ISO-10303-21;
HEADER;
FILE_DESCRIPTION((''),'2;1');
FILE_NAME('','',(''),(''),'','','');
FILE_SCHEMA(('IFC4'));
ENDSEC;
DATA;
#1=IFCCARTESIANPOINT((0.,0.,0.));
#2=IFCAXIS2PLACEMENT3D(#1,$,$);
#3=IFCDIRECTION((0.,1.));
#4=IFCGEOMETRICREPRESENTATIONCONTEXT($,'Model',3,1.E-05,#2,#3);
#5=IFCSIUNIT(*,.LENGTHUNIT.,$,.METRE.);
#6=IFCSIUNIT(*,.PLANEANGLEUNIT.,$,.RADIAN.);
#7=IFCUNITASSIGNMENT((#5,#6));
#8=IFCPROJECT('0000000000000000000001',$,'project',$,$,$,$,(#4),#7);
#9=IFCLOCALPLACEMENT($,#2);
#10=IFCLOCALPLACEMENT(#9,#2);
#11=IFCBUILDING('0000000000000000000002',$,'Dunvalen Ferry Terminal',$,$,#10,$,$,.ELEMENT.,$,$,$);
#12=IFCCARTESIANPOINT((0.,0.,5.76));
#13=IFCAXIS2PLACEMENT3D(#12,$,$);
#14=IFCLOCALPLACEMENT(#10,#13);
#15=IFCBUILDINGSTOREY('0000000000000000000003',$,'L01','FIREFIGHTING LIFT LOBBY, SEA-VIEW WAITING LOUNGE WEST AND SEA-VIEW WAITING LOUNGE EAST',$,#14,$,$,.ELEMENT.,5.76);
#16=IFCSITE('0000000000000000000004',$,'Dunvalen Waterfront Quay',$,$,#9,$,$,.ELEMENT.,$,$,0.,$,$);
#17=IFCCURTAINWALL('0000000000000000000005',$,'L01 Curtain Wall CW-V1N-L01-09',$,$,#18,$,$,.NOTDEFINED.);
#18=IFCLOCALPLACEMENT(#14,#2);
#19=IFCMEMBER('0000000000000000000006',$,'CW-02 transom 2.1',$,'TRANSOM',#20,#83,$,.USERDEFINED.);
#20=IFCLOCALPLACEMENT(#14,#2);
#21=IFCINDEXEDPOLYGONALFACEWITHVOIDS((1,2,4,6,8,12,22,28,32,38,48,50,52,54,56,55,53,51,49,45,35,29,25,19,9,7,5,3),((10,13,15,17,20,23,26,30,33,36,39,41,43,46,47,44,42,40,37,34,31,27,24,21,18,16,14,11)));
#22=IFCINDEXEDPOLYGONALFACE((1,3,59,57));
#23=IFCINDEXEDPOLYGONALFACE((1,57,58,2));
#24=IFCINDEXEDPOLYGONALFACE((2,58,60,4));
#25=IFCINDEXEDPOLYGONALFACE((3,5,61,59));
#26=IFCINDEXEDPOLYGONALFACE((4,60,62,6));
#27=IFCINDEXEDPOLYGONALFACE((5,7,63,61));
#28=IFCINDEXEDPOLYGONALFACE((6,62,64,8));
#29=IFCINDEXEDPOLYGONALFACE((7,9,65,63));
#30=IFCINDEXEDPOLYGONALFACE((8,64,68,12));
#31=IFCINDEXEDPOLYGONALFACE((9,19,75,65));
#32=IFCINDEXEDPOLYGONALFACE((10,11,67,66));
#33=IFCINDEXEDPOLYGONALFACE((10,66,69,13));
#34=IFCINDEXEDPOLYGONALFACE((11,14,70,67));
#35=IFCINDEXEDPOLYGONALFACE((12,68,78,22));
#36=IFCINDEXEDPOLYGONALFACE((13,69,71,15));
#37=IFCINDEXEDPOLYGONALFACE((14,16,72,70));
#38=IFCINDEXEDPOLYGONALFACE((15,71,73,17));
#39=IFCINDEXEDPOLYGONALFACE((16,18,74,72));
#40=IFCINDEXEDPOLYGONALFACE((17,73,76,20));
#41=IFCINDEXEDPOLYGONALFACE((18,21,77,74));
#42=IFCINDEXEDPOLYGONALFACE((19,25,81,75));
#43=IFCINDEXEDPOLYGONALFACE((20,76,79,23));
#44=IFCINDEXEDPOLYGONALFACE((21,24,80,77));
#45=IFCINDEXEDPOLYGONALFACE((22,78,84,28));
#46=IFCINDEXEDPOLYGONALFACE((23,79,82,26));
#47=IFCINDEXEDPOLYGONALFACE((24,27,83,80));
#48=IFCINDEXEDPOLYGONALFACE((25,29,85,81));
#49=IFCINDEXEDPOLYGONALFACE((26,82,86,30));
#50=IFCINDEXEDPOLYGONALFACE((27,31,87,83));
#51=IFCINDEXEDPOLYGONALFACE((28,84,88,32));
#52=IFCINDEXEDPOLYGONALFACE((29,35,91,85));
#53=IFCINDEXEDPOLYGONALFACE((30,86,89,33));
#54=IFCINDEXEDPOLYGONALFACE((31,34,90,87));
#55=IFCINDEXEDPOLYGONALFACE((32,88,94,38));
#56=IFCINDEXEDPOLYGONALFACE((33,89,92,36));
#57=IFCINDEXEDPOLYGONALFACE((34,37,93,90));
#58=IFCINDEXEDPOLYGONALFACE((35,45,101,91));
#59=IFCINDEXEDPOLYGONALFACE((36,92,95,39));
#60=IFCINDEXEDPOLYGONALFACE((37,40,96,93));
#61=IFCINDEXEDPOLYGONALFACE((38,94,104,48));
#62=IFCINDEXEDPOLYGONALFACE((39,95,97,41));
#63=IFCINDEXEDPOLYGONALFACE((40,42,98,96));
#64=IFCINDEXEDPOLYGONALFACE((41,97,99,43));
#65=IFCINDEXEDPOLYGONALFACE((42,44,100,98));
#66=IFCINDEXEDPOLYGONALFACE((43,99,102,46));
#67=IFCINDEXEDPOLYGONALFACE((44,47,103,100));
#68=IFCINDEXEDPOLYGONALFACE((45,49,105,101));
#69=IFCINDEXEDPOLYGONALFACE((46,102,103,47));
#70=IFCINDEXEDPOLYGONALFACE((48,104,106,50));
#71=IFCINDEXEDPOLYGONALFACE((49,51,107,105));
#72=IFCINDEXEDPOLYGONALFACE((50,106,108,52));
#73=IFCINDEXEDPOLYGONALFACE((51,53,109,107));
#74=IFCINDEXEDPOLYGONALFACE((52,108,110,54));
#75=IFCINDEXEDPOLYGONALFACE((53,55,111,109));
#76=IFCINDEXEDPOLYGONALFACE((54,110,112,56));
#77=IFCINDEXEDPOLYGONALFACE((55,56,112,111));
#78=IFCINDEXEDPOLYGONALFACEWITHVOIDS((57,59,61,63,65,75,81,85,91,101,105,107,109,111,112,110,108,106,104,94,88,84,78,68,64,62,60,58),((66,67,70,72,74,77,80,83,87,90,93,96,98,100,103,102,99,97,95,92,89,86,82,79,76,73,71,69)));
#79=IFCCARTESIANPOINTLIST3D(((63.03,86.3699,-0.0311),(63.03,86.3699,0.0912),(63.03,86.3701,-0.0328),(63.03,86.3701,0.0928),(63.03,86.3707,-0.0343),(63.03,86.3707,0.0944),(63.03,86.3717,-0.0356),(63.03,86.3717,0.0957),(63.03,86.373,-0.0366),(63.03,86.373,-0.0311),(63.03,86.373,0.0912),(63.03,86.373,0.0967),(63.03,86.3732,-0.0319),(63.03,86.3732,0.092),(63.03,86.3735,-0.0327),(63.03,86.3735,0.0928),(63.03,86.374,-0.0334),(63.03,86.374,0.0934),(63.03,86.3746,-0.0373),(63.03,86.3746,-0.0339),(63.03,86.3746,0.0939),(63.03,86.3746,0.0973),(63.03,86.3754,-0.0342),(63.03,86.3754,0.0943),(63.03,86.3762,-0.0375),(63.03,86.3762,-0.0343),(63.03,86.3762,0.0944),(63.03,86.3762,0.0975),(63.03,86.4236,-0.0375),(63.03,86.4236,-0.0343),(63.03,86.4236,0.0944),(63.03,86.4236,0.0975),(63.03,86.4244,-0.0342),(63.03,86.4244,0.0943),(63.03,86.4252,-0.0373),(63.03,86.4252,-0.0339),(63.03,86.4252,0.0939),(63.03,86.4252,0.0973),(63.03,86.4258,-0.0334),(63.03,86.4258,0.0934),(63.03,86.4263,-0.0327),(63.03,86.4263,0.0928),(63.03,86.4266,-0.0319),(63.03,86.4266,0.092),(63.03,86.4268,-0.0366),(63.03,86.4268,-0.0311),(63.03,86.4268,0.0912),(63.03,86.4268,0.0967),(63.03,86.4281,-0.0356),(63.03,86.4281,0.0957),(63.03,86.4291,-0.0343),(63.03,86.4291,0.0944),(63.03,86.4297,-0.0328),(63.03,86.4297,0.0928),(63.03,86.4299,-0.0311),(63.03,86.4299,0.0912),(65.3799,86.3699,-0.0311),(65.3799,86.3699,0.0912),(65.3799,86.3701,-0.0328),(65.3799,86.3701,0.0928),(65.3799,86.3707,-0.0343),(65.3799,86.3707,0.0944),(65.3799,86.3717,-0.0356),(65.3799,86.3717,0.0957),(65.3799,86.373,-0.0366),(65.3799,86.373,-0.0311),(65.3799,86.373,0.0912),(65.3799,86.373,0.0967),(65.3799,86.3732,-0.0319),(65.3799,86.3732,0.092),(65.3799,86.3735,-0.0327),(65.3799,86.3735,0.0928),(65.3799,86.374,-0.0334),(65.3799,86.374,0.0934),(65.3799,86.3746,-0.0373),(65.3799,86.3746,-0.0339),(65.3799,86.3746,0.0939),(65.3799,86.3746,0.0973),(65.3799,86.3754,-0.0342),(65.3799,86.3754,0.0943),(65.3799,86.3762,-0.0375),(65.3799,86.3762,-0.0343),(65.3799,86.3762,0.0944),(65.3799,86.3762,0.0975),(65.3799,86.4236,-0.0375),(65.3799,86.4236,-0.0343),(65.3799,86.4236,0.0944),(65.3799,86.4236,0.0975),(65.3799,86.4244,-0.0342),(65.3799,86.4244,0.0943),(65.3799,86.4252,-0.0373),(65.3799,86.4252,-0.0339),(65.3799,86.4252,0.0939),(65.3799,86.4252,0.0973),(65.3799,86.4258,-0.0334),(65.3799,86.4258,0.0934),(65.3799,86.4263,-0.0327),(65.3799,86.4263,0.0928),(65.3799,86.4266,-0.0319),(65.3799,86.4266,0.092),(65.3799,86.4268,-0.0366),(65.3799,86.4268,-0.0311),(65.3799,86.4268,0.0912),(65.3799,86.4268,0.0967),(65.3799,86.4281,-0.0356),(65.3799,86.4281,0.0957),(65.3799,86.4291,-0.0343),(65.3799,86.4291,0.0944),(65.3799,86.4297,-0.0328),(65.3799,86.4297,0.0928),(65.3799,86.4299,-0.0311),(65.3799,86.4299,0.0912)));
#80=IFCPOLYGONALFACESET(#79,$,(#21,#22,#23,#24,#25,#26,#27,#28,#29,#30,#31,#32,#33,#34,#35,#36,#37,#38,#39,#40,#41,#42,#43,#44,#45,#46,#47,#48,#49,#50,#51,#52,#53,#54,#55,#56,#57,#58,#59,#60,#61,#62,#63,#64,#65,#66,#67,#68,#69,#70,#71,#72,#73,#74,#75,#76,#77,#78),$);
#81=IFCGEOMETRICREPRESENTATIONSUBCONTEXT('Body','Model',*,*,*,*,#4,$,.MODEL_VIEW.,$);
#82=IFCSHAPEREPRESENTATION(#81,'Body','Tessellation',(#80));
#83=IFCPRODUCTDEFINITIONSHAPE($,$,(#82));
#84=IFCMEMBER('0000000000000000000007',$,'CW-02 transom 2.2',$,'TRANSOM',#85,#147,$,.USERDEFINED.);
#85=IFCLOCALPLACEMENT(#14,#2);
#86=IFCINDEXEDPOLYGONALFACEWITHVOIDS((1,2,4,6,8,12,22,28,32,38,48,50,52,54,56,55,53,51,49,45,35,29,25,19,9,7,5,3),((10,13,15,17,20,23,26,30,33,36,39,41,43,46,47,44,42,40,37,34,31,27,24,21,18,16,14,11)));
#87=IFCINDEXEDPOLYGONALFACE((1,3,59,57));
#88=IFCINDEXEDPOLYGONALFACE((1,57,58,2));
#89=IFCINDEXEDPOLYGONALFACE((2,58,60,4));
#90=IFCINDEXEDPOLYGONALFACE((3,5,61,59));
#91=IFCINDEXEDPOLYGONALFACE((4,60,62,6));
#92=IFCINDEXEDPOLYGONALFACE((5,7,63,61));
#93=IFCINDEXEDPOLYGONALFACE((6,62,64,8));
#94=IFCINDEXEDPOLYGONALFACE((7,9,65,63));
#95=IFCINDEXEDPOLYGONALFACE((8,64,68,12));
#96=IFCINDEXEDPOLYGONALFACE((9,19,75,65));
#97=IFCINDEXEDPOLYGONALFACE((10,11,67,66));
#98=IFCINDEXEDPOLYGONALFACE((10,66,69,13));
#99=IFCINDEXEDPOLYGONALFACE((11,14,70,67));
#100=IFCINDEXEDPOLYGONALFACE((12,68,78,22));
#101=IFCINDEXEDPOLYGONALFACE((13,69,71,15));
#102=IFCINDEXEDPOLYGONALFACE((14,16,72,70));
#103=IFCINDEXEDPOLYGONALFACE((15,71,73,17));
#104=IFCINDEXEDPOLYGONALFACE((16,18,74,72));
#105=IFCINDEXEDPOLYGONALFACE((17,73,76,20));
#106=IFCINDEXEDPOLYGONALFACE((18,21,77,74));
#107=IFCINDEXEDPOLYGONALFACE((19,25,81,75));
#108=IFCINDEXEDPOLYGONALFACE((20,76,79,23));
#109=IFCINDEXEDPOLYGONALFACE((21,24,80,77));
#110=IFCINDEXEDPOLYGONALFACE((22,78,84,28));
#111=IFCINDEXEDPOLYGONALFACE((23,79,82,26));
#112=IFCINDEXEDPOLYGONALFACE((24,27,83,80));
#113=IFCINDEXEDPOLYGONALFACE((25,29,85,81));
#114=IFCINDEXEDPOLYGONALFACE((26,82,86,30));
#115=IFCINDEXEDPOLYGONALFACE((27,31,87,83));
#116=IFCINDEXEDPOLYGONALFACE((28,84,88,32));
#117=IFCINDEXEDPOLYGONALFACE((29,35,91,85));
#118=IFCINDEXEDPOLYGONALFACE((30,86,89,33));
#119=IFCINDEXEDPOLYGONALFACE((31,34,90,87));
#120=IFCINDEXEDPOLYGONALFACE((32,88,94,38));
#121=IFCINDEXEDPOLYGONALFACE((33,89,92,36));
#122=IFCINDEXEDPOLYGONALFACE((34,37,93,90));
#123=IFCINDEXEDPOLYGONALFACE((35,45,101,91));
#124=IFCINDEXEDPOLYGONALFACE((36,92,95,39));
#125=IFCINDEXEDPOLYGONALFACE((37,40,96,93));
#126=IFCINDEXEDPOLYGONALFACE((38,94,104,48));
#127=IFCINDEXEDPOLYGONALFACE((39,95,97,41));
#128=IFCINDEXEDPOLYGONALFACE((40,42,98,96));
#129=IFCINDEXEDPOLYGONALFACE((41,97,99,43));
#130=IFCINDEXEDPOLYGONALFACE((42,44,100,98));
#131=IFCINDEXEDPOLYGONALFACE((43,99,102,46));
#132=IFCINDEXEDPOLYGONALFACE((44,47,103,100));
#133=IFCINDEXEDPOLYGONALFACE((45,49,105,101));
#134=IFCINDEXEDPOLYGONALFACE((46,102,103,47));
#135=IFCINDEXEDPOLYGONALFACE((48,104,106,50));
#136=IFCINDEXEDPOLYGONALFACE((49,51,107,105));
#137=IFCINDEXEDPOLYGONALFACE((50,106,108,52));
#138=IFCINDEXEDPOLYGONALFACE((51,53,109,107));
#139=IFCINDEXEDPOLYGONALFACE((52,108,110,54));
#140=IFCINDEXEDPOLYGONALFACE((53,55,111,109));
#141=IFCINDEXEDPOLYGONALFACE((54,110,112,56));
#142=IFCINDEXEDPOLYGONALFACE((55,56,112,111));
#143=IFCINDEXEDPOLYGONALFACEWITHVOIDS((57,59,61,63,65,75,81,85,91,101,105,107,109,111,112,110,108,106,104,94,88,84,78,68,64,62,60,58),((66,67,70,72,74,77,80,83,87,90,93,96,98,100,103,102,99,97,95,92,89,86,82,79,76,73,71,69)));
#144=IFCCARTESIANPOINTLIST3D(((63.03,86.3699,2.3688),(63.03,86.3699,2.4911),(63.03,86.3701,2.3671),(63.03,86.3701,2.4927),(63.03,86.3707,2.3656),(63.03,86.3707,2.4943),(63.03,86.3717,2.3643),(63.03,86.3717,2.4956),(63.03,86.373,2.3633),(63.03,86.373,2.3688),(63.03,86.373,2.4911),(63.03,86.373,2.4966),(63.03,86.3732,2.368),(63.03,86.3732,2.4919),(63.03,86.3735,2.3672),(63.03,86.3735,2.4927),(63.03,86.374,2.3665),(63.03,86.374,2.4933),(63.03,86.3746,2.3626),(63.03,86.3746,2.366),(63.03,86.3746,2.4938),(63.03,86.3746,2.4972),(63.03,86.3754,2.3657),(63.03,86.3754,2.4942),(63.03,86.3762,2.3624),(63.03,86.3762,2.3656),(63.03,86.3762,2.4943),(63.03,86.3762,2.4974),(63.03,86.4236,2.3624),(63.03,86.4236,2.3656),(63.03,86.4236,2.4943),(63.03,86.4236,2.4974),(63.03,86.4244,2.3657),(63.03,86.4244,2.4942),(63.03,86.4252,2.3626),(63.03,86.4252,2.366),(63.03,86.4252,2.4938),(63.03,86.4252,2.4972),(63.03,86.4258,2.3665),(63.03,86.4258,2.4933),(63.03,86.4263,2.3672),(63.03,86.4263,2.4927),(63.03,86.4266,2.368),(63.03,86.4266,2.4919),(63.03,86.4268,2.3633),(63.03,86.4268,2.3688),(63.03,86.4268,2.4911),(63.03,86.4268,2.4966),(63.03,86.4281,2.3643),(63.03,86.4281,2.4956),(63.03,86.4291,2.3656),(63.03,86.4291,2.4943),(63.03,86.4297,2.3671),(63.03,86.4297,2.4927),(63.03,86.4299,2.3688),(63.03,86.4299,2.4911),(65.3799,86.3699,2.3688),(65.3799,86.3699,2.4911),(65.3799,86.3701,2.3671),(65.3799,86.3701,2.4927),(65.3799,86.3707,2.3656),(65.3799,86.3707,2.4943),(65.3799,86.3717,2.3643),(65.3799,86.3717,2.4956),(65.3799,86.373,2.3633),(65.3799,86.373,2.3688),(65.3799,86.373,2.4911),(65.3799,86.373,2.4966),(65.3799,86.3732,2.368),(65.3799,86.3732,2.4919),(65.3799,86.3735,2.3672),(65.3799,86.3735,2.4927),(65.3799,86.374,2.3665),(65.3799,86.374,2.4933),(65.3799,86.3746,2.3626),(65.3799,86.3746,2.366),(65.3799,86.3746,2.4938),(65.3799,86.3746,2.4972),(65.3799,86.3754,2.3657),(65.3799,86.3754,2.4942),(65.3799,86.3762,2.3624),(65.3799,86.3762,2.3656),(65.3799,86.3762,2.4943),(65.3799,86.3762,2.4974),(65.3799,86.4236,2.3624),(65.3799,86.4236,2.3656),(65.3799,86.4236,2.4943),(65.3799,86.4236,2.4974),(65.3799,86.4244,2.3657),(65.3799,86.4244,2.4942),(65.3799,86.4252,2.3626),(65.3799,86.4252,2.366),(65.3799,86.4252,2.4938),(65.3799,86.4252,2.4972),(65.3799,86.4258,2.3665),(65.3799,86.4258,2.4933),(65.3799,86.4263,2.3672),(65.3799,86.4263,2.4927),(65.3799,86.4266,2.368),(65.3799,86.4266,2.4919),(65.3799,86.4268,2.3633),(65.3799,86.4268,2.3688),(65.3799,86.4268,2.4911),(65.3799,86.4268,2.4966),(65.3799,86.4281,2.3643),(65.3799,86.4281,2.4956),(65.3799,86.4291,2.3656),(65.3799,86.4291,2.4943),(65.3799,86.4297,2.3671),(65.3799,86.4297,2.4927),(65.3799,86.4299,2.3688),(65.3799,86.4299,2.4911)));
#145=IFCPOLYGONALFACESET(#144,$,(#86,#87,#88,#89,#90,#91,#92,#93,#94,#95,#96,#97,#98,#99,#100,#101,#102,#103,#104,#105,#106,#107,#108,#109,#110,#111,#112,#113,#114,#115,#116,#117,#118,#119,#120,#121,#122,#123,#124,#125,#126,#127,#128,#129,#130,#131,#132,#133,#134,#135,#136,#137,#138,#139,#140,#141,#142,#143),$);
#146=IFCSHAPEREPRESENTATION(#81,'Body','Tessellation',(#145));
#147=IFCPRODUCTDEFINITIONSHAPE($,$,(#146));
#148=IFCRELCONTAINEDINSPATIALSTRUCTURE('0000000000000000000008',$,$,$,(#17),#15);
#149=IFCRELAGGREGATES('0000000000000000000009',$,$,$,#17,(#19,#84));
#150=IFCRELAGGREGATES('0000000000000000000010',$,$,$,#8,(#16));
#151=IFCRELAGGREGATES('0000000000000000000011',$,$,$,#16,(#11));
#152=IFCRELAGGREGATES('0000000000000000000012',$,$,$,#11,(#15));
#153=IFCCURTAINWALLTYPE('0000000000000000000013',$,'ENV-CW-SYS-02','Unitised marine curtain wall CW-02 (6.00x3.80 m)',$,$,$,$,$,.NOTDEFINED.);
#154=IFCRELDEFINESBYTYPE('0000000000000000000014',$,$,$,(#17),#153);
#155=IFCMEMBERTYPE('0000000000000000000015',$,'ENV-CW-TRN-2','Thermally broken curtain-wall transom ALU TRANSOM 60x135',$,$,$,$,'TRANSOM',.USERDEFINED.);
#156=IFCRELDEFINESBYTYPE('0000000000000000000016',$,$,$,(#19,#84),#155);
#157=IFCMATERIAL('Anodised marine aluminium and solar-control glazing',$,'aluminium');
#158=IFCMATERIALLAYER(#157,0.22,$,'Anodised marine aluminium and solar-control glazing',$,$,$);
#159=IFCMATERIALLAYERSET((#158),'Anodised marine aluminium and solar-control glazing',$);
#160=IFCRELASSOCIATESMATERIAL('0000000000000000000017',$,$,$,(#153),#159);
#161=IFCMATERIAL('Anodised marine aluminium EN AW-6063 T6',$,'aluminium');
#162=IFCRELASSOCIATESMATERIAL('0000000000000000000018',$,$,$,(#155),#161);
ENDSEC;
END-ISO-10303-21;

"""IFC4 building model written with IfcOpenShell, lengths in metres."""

from ifc_helpers import new_model, si_unit, direction, frame, origin, origin_2d, place, context, subcontext, project, spatial, hollow_rectangle, extrude, material, layer, layer_set, material_profile, profile_set, type_object, element, aggregate, save


model = new_model("IFC4")

# Units and contexts
model_context = context("Model", 3, precision=1e-05, world=origin(), true_north=direction((0.0, 1.0)))
body_context = subcontext(model_context, "Body", "Model", "MODEL_VIEW")
ifc_project = project(units=[si_unit("LENGTHUNIT", "METRE"), si_unit("PLANEANGLEUNIT", "RADIAN")], contexts=[model_context])

# Site, building, storey
site_placement = place(None, origin())
site = spatial("IfcSite", under=ifc_project, at=site_placement, Name="Dunvalen Waterfront Quay", CompositionType="ELEMENT", RefElevation=0.0)
building_placement = place(site_placement, origin())
building = spatial("IfcBuilding", under=site, at=building_placement, Name="Dunvalen Ferry Terminal", CompositionType="ELEMENT")
storey_placement = place(building_placement, frame((0.0, 0.0, 5.76)))
storey = spatial("IfcBuildingStorey", under=building, at=storey_placement, Name="L01", Description="FIREFIGHTING LIFT LOBBY, SEA-VIEW WAITING LOUNGE WEST AND SEA-VIEW WAITING LOUNGE EAST", CompositionType="ELEMENT", Elevation=5.76)

# Curtain wall, members
ifc_material_1 = material(Name="Anodised marine aluminium and solar-control glazing", Category="aluminium")
ifc_layer_1 = layer(ifc_material_1, 0.22, Name="Anodised marine aluminium and solar-control glazing")
ifc_layer_set_1 = layer_set([ifc_layer_1], Name="Anodised marine aluminium and solar-control glazing")
curtain_wall_type = type_object("IfcCurtainWallType", Name="ENV-CW-SYS-02", Description="Unitised marine curtain wall CW-02 (6.00x3.80 m)", PredefinedType="NOTDEFINED", material=ifc_layer_set_1)
curtain_wall_placement = place(storey_placement, origin())
curtain_wall = element("IfcCurtainWall", 1, at=curtain_wall_placement, inside=storey, type_object=curtain_wall_type, Name="L01 Curtain Wall CW-V1N-L01-09", PredefinedType="NOTDEFINED")
ifc_material_2 = material(Name="Anodised marine aluminium EN AW-6063 T6", Category="aluminium")
ifc_material_profile_1 = material_profile(ifc_material_2, hollow_rectangle(XDim=0.0601, YDim=0.135, WallThickness=0.0032, InnerFilletRadius=0.0032, OuterFilletRadius=0.0063, at=origin_2d()), Name="Anodised marine aluminium EN AW-6063 T6")
ifc_profile_set_1 = profile_set([ifc_material_profile_1], Name="Anodised marine aluminium EN AW-6063 T6")
member_type_1 = type_object("IfcMemberType", Name="ENV-CW-TRN-2", Description="Thermally broken curtain-wall transom ALU TRANSOM 60x135", ElementType="TRANSOM", PredefinedType="USERDEFINED", material=ifc_profile_set_1)
member_1_placement = place(storey_placement, frame((63.03, 86.3999, 0.03), z_axis=(1.0, 0.0, 0.0), x_axis=(0.0, 1.0, 0.0)))
member_1 = element("IfcMember", 2, at=member_1_placement, type_object=member_type_1, Name="CW-02 transom 2.1", ObjectType="TRANSOM", PredefinedType="USERDEFINED", context=body_context, shape_type="SweptSolid", body=[
    extrude(hollow_rectangle(XDim=0.0601, YDim=0.135, WallThickness=0.0032, InnerFilletRadius=0.0032, OuterFilletRadius=0.0063, at=origin_2d()), origin(), (0.0, 0.0, 1.0), 2.3499),
])
member_2_placement = place(storey_placement, frame((63.03, 86.3999, 2.4299), z_axis=(1.0, 0.0, 0.0), x_axis=(0.0, 1.0, 0.0)))
member_2 = element("IfcMember", 3, at=member_2_placement, type_object=member_type_1, Name="CW-02 transom 2.2", ObjectType="TRANSOM", PredefinedType="USERDEFINED", context=body_context, shape_type="SweptSolid", body=[
    extrude(hollow_rectangle(XDim=0.0601, YDim=0.135, WallThickness=0.0032, InnerFilletRadius=0.0032, OuterFilletRadius=0.0063, at=origin_2d()), origin(), (0.0, 0.0, 1.0), 2.3499),
])

aggregate(curtain_wall, [member_1, member_2])

save(model, "model.ifc")
